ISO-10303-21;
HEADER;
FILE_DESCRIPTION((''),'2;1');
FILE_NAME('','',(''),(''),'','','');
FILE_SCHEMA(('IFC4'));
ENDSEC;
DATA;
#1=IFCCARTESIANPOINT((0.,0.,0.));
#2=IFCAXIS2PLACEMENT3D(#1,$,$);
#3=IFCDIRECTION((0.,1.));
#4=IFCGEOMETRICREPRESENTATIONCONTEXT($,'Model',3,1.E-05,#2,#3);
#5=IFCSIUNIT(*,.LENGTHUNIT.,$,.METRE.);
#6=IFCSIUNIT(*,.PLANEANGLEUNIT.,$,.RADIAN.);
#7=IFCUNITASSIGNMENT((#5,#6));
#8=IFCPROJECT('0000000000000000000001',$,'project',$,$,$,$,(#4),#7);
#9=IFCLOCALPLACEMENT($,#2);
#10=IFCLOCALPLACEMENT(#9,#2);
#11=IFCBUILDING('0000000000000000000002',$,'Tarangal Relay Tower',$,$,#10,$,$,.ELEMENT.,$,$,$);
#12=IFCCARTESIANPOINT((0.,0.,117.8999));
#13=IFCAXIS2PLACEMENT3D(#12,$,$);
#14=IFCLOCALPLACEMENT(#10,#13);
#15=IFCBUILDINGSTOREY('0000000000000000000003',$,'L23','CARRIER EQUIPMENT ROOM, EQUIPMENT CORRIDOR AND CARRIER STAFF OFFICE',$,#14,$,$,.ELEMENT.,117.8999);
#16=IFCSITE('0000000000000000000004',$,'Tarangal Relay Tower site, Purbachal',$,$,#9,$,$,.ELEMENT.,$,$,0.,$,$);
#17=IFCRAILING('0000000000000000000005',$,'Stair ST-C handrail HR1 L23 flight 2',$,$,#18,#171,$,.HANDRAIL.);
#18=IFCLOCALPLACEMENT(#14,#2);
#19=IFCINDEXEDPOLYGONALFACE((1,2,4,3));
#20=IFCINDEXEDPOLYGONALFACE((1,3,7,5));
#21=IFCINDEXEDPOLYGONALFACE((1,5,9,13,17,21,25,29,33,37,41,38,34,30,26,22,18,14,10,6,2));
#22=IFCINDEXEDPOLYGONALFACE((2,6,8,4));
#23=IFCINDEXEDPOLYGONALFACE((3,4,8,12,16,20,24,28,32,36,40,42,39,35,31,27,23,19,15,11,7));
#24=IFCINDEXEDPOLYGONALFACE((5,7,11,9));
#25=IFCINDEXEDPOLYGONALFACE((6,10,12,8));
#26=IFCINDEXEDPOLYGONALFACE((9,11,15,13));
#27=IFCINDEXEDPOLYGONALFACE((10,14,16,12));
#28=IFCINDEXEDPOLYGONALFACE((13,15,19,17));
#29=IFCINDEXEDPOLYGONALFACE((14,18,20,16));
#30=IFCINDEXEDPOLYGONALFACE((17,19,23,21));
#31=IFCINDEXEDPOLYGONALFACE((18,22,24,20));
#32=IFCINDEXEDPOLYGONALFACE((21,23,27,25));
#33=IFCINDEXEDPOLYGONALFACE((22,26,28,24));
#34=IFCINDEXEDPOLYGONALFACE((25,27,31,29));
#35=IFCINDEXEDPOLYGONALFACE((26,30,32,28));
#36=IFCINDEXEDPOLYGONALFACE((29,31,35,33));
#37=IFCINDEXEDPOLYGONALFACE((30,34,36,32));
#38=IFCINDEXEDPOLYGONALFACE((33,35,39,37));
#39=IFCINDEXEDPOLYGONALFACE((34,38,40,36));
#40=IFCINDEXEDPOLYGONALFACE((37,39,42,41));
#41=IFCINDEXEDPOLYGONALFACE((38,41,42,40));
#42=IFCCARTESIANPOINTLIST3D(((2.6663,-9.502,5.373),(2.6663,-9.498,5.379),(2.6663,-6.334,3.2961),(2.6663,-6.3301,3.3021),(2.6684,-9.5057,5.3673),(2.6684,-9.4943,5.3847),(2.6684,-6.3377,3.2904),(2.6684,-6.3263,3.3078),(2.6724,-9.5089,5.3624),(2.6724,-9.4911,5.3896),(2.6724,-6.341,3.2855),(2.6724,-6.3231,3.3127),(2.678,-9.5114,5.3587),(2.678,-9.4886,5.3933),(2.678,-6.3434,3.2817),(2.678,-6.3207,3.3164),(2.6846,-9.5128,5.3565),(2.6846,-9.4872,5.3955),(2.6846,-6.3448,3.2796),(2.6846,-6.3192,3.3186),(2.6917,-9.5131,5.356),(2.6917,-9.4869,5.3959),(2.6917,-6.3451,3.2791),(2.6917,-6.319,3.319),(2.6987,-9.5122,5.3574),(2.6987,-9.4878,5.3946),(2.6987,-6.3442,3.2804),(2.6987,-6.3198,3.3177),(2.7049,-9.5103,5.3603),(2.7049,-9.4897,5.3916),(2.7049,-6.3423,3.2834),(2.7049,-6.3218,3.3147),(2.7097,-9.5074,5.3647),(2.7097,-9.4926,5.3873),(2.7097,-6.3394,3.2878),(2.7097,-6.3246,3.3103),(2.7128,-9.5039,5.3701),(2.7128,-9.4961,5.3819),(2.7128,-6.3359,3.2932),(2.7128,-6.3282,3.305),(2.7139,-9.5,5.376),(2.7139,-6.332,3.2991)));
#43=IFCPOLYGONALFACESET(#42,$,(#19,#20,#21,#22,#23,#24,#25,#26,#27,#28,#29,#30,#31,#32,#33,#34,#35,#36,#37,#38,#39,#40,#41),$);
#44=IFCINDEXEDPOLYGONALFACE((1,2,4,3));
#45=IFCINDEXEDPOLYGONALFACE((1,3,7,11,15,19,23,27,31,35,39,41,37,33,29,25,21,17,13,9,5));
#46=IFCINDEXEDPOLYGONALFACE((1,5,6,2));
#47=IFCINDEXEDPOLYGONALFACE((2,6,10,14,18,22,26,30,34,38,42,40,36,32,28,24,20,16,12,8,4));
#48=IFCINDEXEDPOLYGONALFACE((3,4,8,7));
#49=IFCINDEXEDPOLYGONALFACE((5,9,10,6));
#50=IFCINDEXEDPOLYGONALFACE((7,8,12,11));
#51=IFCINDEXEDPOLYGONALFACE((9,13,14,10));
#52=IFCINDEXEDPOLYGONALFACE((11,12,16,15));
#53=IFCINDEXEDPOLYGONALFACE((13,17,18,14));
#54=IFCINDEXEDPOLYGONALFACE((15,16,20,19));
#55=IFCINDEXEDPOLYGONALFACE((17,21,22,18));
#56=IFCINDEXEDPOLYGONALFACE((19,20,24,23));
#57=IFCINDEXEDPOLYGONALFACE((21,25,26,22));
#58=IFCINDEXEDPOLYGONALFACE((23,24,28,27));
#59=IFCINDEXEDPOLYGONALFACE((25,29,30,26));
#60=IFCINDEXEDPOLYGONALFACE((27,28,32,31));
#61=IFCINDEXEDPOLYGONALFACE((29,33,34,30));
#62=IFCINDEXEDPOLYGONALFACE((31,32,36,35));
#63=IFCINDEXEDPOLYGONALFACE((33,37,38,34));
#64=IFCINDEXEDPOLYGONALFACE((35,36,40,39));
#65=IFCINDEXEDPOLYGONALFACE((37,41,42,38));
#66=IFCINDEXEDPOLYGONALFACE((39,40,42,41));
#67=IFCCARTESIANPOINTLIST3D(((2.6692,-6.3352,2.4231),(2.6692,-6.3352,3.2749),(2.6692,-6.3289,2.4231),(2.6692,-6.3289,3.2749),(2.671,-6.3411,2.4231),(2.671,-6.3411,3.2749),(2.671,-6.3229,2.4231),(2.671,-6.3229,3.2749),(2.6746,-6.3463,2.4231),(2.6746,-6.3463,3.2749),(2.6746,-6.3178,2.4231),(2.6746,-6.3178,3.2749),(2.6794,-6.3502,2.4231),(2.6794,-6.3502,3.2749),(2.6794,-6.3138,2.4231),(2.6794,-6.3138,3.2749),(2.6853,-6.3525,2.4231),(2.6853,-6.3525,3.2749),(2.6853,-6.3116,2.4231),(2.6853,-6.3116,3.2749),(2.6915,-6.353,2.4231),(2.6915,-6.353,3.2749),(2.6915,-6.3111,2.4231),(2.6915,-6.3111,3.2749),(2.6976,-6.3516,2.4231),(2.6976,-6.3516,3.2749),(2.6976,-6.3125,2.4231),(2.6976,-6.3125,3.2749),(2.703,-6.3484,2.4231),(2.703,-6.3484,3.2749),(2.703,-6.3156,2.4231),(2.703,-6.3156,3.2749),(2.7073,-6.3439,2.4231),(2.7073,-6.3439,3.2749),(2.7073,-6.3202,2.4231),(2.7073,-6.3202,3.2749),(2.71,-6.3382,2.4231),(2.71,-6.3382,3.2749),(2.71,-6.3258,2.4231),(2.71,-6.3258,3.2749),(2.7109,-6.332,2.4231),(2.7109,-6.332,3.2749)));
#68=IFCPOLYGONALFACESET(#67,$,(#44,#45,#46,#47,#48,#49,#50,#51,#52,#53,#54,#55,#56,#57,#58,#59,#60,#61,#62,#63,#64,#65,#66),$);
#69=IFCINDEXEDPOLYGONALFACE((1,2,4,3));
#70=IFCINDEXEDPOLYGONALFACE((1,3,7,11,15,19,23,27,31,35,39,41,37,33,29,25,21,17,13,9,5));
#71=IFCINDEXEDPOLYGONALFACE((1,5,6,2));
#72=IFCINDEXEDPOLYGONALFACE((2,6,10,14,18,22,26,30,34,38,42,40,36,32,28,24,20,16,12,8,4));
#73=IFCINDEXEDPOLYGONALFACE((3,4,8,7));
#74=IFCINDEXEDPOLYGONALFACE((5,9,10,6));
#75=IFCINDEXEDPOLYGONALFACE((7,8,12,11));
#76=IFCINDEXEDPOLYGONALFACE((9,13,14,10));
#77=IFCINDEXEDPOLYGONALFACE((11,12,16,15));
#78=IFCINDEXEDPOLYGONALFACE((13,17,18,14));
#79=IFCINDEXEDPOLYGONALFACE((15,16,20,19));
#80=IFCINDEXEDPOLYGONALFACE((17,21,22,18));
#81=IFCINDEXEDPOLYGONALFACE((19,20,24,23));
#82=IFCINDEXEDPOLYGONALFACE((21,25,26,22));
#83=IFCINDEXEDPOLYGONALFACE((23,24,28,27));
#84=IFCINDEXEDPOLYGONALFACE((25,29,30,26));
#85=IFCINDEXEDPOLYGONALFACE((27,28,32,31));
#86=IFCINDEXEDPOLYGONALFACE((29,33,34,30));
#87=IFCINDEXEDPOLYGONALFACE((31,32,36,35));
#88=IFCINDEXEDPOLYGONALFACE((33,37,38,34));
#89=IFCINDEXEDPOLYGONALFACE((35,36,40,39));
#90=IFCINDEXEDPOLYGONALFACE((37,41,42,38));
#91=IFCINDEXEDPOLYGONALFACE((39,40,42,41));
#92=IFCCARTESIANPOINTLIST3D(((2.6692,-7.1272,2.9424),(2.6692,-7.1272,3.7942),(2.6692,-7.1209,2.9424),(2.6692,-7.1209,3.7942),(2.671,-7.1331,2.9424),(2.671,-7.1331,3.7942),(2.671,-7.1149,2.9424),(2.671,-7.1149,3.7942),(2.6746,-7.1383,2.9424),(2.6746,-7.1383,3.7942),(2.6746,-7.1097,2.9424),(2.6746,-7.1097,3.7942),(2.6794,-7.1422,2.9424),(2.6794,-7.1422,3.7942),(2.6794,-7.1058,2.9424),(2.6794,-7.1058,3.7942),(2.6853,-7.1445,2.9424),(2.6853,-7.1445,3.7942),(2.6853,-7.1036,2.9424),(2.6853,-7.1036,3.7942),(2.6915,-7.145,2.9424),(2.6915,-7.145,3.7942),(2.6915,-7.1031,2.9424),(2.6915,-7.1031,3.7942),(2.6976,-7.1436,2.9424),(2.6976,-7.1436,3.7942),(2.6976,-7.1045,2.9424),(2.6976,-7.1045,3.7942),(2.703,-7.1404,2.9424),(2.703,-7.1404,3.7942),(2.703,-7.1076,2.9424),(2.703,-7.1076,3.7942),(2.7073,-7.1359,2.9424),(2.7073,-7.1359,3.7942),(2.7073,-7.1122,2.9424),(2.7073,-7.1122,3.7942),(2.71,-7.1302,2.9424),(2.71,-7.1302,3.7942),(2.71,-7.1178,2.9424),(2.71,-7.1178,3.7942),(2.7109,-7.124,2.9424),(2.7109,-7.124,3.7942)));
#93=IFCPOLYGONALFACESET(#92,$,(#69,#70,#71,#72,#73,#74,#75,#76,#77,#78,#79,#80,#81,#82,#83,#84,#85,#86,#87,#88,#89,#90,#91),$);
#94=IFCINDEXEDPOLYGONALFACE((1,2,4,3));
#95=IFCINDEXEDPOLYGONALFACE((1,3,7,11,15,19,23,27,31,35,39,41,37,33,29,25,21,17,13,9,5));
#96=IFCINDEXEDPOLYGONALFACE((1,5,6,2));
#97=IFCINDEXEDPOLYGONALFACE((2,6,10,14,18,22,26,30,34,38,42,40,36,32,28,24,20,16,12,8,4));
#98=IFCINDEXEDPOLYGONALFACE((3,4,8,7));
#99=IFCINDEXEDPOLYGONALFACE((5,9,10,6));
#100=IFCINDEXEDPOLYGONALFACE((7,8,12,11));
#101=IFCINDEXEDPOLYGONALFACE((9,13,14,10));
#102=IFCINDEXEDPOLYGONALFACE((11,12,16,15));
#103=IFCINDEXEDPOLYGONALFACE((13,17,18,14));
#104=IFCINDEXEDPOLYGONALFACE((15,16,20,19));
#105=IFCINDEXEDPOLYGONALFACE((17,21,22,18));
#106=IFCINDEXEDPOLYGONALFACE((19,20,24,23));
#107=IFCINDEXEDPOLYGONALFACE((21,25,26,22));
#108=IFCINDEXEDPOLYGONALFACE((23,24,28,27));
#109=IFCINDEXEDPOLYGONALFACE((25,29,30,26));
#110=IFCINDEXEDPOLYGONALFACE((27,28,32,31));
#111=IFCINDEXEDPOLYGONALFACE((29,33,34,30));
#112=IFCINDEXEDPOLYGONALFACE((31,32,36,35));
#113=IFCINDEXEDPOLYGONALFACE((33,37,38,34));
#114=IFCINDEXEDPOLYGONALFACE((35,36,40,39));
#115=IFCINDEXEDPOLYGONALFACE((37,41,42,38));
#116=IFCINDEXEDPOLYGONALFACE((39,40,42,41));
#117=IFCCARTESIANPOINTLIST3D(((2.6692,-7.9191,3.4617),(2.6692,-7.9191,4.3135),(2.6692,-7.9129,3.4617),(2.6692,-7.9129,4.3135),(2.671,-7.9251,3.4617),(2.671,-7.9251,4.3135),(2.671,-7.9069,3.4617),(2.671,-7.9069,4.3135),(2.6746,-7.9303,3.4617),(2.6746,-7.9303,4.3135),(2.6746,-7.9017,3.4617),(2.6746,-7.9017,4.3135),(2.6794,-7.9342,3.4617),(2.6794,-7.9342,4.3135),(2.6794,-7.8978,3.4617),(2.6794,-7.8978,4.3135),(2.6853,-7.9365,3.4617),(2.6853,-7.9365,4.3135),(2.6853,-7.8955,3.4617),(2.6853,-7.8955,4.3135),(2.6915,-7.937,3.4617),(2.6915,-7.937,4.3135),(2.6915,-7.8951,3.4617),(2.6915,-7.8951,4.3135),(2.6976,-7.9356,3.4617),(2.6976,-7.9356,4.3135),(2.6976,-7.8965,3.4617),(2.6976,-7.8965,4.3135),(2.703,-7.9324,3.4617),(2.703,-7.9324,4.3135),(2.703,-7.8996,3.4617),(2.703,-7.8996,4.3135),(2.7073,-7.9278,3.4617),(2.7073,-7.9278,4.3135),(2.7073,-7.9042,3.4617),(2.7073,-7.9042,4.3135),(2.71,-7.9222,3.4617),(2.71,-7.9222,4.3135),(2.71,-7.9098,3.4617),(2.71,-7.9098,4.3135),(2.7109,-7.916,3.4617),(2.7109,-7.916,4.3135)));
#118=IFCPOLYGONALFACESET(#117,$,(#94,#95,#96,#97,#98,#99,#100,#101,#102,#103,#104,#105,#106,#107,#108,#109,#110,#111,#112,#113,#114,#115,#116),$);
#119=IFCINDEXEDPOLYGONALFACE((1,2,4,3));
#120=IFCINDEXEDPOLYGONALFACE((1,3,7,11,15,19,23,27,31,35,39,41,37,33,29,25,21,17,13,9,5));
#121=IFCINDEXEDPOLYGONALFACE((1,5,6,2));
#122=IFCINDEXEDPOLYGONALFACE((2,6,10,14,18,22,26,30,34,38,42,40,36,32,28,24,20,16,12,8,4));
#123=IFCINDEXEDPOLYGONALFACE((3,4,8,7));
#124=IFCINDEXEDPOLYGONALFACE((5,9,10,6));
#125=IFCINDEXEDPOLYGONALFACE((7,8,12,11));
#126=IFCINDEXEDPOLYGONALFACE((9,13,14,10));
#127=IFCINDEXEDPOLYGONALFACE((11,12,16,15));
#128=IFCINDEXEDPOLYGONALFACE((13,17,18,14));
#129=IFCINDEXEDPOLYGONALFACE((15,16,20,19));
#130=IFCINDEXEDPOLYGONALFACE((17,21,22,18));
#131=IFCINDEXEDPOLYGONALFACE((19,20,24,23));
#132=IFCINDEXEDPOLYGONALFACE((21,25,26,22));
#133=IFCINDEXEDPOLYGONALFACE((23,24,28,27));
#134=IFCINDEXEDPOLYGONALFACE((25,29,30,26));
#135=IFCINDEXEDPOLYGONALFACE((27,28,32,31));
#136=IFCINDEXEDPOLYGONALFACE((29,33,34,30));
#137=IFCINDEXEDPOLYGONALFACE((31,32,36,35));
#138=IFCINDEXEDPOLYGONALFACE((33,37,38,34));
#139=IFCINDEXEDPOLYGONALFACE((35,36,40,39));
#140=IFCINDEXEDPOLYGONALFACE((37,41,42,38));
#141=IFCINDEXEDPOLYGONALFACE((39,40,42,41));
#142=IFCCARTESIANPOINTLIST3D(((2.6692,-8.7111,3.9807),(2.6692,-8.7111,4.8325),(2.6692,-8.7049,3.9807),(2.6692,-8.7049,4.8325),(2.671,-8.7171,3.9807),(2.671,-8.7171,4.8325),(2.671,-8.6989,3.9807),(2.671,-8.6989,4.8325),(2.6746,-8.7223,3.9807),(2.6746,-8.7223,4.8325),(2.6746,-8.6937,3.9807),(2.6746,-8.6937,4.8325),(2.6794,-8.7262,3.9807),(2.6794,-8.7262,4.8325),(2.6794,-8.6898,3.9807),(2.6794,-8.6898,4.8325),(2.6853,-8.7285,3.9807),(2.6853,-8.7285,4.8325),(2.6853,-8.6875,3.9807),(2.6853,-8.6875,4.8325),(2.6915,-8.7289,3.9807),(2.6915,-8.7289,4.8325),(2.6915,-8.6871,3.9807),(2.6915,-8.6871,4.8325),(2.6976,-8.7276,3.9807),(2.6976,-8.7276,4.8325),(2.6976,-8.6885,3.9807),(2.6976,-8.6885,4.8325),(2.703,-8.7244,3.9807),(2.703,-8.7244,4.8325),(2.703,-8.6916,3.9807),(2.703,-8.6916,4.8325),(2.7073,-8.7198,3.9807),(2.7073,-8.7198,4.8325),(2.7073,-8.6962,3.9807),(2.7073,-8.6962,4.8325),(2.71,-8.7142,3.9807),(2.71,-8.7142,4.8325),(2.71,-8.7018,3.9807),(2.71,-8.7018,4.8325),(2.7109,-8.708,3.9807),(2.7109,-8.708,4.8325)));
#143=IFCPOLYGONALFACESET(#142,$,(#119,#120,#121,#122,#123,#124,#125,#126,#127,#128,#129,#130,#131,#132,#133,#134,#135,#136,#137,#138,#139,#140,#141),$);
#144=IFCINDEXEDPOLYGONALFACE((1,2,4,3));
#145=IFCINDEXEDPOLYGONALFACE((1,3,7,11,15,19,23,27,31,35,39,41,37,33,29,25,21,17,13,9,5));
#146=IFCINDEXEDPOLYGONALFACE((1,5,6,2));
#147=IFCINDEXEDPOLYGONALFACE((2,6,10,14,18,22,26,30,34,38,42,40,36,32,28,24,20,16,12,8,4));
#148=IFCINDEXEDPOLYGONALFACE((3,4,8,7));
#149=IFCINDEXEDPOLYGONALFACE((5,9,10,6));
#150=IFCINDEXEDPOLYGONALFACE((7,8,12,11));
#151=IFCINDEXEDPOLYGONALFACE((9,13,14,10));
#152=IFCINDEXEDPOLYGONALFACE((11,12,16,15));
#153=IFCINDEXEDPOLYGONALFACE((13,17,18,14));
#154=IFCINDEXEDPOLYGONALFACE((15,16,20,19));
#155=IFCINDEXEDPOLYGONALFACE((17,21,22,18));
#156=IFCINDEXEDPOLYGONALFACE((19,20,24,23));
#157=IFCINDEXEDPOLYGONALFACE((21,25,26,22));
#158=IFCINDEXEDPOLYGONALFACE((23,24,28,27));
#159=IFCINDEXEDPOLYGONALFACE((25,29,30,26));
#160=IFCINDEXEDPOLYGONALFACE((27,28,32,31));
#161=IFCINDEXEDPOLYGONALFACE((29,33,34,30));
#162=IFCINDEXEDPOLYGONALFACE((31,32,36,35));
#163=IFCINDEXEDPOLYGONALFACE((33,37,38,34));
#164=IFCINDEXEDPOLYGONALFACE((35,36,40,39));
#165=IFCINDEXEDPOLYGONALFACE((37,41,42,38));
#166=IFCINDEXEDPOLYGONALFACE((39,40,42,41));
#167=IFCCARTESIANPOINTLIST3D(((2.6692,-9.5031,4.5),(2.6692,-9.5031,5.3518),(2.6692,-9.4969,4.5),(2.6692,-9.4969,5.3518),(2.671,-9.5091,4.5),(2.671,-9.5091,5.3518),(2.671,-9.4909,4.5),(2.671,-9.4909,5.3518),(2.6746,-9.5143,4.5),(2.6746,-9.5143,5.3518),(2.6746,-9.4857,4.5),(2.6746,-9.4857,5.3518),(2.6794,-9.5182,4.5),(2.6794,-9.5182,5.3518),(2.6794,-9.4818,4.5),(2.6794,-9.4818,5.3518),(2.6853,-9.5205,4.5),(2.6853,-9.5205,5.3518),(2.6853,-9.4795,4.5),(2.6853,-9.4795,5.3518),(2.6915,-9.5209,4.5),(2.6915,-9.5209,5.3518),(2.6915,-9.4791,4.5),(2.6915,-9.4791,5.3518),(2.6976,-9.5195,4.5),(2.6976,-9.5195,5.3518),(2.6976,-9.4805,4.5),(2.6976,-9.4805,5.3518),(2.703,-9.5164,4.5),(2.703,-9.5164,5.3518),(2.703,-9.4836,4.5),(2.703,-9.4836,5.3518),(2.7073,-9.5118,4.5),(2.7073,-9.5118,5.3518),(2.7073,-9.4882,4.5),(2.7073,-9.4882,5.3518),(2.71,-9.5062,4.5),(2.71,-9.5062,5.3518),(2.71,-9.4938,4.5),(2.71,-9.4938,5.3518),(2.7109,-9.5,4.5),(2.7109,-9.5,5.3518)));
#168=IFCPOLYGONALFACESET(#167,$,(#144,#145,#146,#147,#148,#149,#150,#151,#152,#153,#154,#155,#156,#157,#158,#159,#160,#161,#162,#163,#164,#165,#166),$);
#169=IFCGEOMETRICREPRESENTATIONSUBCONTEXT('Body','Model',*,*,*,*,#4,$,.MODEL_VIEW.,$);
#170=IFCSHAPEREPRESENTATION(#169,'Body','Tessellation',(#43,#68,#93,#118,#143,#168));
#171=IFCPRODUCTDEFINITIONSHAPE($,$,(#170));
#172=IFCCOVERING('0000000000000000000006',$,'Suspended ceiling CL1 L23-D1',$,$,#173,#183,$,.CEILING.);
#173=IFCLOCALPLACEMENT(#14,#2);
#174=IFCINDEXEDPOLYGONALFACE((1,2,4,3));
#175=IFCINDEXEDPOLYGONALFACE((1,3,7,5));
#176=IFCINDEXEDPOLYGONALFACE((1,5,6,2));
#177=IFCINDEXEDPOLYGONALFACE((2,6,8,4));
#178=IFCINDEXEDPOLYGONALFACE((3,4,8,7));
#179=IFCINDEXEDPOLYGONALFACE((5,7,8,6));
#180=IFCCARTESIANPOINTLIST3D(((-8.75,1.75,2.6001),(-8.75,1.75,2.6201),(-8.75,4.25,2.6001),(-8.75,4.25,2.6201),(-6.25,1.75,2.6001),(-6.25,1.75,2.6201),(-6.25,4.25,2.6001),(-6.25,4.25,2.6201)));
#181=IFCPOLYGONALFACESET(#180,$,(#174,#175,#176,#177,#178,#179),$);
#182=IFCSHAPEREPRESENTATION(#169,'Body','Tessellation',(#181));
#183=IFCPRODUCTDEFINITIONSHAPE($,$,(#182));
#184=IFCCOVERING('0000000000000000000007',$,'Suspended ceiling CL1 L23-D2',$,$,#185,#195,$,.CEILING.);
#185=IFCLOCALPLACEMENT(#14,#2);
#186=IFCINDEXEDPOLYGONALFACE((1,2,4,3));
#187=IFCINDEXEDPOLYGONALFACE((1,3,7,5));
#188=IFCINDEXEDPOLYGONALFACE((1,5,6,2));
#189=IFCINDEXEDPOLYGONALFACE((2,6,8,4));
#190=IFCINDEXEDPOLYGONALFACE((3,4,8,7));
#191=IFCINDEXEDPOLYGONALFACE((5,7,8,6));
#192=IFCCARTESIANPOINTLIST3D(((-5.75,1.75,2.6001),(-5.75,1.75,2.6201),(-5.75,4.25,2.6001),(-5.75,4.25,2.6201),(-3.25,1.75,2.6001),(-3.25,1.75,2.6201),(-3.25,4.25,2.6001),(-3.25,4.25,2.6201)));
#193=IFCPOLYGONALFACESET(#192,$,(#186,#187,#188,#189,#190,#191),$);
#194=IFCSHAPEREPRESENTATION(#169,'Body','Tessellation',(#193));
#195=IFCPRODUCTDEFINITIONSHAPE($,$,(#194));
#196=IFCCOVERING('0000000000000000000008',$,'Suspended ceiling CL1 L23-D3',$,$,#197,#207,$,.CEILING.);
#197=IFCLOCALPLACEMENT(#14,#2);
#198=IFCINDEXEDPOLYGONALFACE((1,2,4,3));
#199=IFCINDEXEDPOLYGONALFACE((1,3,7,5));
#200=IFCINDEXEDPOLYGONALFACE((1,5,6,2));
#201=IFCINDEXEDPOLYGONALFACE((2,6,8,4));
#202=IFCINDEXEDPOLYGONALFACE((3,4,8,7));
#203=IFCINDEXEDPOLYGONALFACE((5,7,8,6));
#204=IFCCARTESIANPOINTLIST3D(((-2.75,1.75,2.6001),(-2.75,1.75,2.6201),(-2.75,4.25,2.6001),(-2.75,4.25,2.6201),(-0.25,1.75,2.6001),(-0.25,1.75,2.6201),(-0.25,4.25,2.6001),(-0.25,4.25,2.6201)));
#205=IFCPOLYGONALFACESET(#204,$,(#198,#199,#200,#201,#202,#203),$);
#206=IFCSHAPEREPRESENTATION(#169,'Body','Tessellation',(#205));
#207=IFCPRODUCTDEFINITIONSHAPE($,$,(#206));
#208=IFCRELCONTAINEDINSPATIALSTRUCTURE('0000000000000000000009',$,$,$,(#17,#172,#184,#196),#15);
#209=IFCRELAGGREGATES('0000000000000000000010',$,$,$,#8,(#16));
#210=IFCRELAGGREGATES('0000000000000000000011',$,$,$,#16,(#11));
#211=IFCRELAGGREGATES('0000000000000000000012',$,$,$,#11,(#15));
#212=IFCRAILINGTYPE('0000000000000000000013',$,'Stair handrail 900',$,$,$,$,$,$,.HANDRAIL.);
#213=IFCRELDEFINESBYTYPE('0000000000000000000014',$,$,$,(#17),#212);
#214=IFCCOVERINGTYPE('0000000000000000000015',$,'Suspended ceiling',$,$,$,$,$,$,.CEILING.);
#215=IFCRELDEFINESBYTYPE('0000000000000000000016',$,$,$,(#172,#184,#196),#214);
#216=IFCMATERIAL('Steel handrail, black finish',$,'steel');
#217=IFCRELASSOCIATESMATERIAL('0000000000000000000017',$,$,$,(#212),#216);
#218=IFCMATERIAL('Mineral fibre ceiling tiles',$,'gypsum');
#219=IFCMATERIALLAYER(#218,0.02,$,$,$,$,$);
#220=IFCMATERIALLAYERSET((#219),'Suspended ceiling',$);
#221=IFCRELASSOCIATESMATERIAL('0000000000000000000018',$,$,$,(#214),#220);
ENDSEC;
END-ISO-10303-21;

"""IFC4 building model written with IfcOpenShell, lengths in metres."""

from ifc_helpers import new_model, si_unit, direction, frame, origin, origin_2d, place, context, subcontext, project, spatial, polyline, circle, outline, extrude, material, layer, layer_set, type_object, element, save


model = new_model("IFC4")

# Units and contexts
model_context = context("Model", 3, precision=1e-05, world=origin(), true_north=direction((0.0, 1.0)))
body_context = subcontext(model_context, "Body", "Model", "MODEL_VIEW")
ifc_project = project(units=[si_unit("LENGTHUNIT", "METRE"), si_unit("PLANEANGLEUNIT", "RADIAN")], contexts=[model_context])

# Site, building, storey
site_placement = place(None, origin())
site = spatial("IfcSite", under=ifc_project, at=site_placement, Name="Tarangal Relay Tower site, Purbachal", CompositionType="ELEMENT", RefElevation=0.0)
building_placement = place(site_placement, origin())
building = spatial("IfcBuilding", under=site, at=building_placement, Name="Tarangal Relay Tower", CompositionType="ELEMENT")
storey_placement = place(building_placement, frame((0.0, 0.0, 117.8999)))
storey = spatial("IfcBuildingStorey", under=building, at=storey_placement, Name="L23", Description="CARRIER EQUIPMENT ROOM, EQUIPMENT CORRIDOR AND CARRIER STAFF OFFICE", CompositionType="ELEMENT", Elevation=117.8999)

# Railing
ifc_material_1 = material(Name="Steel handrail, black finish", Category="steel")
railing_type_1 = type_object("IfcRailingType", Name="Stair handrail 900", PredefinedType="HANDRAIL", material=ifc_material_1)
railing_1_placement = place(storey_placement, frame((2.6899, -6.332, 2.4231)))
element("IfcRailing", 1, at=railing_1_placement, inside=storey, type_object=railing_type_1, Name="Stair ST-C handrail HR1 L23 flight 2", PredefinedType="HANDRAIL", context=body_context, shape_type="SweptSolid", body=[
    extrude(circle(Radius=0.0239, at=origin_2d()), frame((0.0, 0.0, 0.876), z_axis=(0.0, -0.836299, 0.548273), x_axis=(1.0, 0.0, 0.0)), (0.0, 0.0, 1.0), 3.7881),
    extrude(circle(Radius=0.021, at=origin_2d()), origin(), (0.0, 0.0, 1.0), 0.8518),
    extrude(circle(Radius=0.021, at=origin_2d()), frame((0.0, -0.792, 0.5193)), (0.0, 0.0, 1.0), 0.8518),
    extrude(circle(Radius=0.021, at=origin_2d()), frame((0.0, -1.584, 1.0386)), (0.0, 0.0, 1.0), 0.8518),
    extrude(circle(Radius=0.021, at=origin_2d()), frame((0.0, -2.376, 1.5576)), (0.0, 0.0, 1.0), 0.8518),
    extrude(circle(Radius=0.021, at=origin_2d()), frame((0.0, -3.168, 2.0769)), (0.0, 0.0, 1.0), 0.8518),
])

# Coverings
ifc_material_2 = material(Name="Mineral fibre ceiling tiles", Category="gypsum")
ifc_layer_1 = layer(ifc_material_2, 0.02)
ifc_layer_set_1 = layer_set([ifc_layer_1], Name="Suspended ceiling")
covering_type_1 = type_object("IfcCoveringType", Name="Suspended ceiling", PredefinedType="CEILING", material=ifc_layer_set_1)
covering_1_placement = place(storey_placement, frame((0.0, 0.0, 2.6001)))
element("IfcCovering", 2, at=covering_1_placement, inside=storey, type_object=covering_type_1, Name="Suspended ceiling CL1 L23-D1", PredefinedType="CEILING", context=body_context, shape_type="SweptSolid", body=[
    extrude(outline(polyline([(-8.75, 1.75), (-6.25, 1.75), (-6.25, 4.25), (-8.75, 4.25), (-8.75, 1.75)])), origin(), (0.0, 0.0, 1.0), 0.02),
])
covering_2_placement = place(storey_placement, frame((0.0, 0.0, 2.6001)))
element("IfcCovering", 3, at=covering_2_placement, inside=storey, type_object=covering_type_1, Name="Suspended ceiling CL1 L23-D2", PredefinedType="CEILING", context=body_context, shape_type="SweptSolid", body=[
    extrude(outline(polyline([(-5.75, 1.75), (-3.25, 1.75), (-3.25, 4.25), (-5.75, 4.25), (-5.75, 1.75)])), origin(), (0.0, 0.0, 1.0), 0.02),
])
covering_3_placement = place(storey_placement, frame((0.0, 0.0, 2.6001)))
element("IfcCovering", 4, at=covering_3_placement, inside=storey, type_object=covering_type_1, Name="Suspended ceiling CL1 L23-D3", PredefinedType="CEILING", context=body_context, shape_type="SweptSolid", body=[
    extrude(outline(polyline([(-2.75, 1.75), (-0.25, 1.75), (-0.25, 4.25), (-2.75, 4.25), (-2.75, 1.75)])), origin(), (0.0, 0.0, 1.0), 0.02),
])

save(model, "model.ifc")
